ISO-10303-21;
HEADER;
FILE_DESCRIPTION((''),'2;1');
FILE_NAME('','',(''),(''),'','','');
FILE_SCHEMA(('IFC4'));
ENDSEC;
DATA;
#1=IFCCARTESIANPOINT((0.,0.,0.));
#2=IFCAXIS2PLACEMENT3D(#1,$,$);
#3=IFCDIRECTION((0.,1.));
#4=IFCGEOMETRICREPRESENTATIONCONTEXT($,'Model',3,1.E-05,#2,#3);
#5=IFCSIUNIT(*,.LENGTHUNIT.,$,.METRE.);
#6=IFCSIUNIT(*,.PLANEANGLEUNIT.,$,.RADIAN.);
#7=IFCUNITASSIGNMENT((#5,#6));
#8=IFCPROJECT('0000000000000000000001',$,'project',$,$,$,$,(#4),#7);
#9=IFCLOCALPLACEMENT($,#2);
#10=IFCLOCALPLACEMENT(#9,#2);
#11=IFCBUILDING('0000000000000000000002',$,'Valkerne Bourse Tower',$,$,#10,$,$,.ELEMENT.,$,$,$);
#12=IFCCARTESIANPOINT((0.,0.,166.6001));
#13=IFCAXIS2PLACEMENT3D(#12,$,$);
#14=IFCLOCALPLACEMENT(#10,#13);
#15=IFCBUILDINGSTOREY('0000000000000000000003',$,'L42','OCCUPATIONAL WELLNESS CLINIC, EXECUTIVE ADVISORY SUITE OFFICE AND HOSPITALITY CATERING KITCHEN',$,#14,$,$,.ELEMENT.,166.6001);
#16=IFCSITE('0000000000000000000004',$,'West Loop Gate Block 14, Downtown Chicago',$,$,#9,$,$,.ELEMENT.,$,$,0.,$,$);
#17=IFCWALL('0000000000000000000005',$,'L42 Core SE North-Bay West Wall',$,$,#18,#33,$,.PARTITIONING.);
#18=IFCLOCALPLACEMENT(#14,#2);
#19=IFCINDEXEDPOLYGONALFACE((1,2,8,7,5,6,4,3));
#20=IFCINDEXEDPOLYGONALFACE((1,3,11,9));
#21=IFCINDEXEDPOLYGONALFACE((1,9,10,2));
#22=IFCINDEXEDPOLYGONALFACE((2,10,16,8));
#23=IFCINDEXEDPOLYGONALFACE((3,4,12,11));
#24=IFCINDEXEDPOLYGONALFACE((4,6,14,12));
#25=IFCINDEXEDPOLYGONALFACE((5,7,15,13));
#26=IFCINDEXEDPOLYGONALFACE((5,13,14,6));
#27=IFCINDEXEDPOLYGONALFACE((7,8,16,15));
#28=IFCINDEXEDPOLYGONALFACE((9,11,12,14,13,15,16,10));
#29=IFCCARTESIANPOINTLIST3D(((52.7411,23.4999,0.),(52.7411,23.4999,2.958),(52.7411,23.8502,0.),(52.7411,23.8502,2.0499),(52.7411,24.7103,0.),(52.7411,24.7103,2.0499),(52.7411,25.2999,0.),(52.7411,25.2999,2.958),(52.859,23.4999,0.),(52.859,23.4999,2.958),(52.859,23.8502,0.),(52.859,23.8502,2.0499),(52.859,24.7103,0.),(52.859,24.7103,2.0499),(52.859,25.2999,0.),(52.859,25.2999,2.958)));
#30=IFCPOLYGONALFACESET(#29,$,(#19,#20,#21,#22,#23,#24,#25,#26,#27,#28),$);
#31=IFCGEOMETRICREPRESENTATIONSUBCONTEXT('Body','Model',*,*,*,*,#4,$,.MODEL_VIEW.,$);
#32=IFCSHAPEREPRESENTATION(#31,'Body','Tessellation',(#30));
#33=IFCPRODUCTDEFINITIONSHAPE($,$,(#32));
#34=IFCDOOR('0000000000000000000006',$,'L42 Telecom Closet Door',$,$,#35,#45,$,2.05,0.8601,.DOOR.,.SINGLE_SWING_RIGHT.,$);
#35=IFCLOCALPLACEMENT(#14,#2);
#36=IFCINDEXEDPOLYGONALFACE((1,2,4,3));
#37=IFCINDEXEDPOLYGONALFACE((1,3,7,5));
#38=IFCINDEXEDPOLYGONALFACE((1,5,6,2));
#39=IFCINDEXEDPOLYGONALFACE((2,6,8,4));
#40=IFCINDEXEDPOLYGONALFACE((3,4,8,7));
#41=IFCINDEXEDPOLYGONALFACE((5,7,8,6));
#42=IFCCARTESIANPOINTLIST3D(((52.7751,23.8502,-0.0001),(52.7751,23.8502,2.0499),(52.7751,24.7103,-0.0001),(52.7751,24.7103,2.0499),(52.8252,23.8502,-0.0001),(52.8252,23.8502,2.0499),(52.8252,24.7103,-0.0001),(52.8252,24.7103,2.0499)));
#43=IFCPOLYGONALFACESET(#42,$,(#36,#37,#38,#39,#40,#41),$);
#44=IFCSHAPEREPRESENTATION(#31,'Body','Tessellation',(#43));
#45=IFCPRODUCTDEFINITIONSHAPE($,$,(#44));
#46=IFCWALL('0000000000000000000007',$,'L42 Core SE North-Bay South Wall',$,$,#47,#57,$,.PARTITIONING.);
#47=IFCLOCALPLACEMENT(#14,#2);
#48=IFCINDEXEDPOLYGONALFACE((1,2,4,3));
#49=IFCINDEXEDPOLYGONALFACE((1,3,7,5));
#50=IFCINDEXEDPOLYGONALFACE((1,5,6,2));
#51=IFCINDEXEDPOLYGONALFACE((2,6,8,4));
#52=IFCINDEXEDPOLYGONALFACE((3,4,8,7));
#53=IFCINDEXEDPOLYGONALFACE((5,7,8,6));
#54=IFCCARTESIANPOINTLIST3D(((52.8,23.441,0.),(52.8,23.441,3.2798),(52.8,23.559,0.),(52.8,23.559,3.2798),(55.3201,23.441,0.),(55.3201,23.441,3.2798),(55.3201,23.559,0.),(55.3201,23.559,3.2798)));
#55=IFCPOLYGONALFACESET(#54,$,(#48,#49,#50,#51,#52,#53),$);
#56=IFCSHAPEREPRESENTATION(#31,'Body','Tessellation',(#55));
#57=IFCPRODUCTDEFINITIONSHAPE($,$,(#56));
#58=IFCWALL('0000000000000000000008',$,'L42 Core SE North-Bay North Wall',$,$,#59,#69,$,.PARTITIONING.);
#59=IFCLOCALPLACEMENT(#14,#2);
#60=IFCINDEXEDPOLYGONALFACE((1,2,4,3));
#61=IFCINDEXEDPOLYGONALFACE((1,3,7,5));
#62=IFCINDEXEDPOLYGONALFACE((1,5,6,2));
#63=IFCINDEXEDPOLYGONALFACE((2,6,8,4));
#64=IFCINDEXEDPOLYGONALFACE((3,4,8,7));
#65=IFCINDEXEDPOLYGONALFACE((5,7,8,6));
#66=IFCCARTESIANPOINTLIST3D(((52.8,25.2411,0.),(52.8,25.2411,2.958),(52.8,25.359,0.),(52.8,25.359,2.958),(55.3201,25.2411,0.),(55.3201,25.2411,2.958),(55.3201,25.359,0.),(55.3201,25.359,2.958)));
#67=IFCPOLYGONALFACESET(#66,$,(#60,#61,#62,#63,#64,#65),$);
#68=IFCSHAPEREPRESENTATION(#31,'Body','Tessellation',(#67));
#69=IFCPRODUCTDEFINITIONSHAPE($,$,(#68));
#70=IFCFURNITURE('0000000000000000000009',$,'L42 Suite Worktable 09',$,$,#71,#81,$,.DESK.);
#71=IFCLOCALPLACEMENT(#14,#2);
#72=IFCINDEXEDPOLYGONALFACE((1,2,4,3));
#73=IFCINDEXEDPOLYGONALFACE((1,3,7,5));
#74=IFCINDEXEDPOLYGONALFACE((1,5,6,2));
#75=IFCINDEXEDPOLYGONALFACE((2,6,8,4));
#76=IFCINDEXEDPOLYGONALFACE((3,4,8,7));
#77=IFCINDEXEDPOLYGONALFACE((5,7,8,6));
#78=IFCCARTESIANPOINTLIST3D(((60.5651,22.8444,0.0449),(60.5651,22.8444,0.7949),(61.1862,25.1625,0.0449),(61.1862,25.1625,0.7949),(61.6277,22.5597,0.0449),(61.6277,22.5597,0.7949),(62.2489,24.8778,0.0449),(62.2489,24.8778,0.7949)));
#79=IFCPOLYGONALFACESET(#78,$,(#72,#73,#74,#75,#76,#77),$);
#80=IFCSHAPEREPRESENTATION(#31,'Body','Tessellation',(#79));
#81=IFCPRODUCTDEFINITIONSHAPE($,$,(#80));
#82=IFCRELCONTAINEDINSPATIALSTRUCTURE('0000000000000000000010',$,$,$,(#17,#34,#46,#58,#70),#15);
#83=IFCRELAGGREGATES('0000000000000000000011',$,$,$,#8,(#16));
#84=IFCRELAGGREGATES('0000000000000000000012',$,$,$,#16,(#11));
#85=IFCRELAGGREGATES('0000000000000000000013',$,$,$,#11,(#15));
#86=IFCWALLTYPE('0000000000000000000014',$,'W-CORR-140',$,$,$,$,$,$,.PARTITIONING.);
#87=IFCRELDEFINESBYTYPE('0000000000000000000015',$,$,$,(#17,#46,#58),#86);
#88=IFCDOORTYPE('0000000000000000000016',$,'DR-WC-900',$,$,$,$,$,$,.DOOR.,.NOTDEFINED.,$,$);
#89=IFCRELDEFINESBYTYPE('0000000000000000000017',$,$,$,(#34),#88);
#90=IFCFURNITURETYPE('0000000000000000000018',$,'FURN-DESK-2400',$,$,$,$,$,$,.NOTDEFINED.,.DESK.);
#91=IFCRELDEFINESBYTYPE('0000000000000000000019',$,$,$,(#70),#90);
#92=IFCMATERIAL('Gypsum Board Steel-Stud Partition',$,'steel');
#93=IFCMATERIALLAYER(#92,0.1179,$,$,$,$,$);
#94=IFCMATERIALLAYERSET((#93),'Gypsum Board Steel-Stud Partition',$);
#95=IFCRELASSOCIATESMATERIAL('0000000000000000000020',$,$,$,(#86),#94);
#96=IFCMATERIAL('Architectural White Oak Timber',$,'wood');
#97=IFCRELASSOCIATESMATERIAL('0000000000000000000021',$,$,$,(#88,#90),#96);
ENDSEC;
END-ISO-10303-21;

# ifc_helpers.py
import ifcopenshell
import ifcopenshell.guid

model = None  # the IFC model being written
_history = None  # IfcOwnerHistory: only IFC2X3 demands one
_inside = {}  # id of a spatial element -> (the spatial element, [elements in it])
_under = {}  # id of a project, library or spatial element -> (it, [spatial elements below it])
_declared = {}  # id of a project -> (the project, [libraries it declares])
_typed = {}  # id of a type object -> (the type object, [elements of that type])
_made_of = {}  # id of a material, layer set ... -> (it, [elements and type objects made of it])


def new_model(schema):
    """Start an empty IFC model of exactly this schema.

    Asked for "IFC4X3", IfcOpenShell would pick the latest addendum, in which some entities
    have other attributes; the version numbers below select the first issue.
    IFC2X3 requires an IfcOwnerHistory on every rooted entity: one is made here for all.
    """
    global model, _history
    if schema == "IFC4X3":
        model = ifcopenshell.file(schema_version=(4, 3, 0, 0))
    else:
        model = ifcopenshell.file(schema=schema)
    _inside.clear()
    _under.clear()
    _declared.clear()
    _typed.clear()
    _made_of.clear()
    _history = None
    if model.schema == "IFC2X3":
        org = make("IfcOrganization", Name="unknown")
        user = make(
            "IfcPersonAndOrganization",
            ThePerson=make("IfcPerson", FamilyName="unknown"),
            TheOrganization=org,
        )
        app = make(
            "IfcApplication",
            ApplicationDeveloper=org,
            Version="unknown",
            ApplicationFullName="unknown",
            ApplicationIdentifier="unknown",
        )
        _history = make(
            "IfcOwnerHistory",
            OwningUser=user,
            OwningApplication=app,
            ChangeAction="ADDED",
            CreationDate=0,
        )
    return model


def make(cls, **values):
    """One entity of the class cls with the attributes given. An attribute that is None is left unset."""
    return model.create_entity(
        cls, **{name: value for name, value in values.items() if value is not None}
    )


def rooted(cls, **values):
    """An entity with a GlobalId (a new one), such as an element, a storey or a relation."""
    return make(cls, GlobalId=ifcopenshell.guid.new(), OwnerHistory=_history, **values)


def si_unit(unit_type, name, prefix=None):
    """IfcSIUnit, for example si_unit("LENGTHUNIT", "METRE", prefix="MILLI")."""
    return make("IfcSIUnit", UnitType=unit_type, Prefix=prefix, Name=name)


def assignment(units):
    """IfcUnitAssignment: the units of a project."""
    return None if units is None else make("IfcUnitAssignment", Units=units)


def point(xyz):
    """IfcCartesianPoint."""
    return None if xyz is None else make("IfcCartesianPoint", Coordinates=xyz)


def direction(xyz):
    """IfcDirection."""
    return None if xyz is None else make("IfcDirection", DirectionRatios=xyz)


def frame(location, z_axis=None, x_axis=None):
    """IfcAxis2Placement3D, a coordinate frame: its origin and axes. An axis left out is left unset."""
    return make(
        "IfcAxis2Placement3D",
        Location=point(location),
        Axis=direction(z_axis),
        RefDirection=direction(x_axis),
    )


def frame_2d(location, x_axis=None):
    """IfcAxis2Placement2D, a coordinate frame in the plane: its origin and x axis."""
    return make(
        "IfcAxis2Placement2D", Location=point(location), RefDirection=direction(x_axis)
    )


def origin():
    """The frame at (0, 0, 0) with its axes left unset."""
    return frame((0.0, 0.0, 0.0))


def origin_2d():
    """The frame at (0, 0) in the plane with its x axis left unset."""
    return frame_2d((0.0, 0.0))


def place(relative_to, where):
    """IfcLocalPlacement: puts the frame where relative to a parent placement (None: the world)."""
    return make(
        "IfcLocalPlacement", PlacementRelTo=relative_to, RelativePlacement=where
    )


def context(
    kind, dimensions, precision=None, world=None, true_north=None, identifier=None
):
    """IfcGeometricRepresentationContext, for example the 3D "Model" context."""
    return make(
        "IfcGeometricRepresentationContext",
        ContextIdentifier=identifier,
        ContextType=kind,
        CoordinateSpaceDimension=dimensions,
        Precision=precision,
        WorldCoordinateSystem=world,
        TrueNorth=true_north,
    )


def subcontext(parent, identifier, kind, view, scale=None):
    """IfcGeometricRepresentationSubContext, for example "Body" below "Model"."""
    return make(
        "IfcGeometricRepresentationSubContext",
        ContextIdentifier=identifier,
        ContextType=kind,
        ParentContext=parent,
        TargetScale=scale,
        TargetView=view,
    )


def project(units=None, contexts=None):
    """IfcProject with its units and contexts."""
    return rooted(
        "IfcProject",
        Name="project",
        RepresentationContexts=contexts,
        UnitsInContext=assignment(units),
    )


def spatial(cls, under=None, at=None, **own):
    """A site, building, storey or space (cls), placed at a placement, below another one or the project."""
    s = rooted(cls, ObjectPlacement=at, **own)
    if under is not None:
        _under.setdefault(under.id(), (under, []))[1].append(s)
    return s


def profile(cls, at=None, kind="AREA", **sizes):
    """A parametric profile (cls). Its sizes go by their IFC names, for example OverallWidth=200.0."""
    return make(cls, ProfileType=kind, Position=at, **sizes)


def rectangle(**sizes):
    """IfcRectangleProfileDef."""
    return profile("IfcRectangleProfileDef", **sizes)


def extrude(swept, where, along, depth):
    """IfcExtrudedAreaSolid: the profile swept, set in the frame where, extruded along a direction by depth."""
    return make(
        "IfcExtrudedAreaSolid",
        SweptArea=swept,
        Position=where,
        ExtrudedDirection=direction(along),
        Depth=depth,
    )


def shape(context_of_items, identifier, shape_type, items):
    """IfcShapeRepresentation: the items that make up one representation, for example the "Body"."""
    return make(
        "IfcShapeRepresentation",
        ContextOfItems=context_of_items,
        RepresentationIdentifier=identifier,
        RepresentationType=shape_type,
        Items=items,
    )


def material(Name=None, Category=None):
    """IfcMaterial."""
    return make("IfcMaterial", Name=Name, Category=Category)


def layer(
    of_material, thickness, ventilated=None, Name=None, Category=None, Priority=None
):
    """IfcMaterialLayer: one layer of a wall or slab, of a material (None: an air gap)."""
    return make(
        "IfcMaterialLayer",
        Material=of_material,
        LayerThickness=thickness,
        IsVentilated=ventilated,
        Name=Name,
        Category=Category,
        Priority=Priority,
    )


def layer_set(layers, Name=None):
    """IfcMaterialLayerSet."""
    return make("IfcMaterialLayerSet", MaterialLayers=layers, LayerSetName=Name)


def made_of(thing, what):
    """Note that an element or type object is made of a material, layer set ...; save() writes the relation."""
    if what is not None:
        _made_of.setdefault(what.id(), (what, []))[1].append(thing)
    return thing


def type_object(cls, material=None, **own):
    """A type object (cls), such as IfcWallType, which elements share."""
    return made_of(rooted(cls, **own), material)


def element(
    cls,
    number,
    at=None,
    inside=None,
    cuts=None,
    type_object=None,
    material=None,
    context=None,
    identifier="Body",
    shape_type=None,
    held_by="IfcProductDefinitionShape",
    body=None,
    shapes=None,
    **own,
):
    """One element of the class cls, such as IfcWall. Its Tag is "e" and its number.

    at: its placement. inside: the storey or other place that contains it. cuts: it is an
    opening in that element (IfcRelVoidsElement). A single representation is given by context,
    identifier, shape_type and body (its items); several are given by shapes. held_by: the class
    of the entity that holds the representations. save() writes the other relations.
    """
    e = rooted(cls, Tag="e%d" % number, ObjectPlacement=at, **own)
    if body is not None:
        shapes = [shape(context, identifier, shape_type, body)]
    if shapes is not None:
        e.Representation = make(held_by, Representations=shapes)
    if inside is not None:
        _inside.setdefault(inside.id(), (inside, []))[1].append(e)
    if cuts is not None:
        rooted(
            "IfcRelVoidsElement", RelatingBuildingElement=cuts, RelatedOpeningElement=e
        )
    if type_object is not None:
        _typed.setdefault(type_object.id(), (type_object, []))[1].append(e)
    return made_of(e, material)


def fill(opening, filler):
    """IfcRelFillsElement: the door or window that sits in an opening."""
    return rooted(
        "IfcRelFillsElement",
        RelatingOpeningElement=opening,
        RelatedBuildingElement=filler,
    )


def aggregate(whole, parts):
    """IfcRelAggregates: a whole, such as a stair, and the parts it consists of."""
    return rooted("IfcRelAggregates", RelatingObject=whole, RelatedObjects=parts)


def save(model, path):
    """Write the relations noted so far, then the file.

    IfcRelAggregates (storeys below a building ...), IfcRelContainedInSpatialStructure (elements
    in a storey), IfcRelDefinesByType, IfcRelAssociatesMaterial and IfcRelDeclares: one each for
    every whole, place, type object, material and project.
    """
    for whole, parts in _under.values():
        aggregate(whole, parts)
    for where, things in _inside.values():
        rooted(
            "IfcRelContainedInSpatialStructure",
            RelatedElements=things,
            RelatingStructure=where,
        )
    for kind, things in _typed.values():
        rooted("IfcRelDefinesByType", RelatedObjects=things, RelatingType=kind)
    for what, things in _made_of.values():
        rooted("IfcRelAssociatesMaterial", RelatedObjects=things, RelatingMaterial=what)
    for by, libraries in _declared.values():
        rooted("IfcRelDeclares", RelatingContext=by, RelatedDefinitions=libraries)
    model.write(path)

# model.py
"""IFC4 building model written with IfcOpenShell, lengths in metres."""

from ifc_helpers import new_model, si_unit, direction, frame, frame_2d, origin, origin_2d, place, context, subcontext, project, spatial, rectangle, extrude, material, layer, layer_set, type_object, element, fill, save


model = new_model("IFC4")

# Units and contexts
model_context = context("Model", 3, precision=1e-05, world=origin(), true_north=direction((0.0, 1.0)))
body_context = subcontext(model_context, "Body", "Model", "MODEL_VIEW")
ifc_project = project(units=[si_unit("LENGTHUNIT", "METRE"), si_unit("PLANEANGLEUNIT", "RADIAN")], contexts=[model_context])

# Site, building, storey
site_placement = place(None, origin())
site = spatial("IfcSite", under=ifc_project, at=site_placement, Name="West Loop Gate Block 14, Downtown Chicago", CompositionType="ELEMENT", RefElevation=0.0)
building_placement = place(site_placement, origin())
building = spatial("IfcBuilding", under=site, at=building_placement, Name="Valkerne Bourse Tower", CompositionType="ELEMENT")
storey_placement = place(building_placement, frame((0.0, 0.0, 166.6001)))
storey = spatial("IfcBuildingStorey", under=building, at=storey_placement, Name="L42", Description="OCCUPATIONAL WELLNESS CLINIC, EXECUTIVE ADVISORY SUITE OFFICE AND HOSPITALITY CATERING KITCHEN", CompositionType="ELEMENT", Elevation=166.6001)

# Wall, opening, door
ifc_material_1 = material(Name="Gypsum Board Steel-Stud Partition", Category="steel")
ifc_layer_1 = layer(ifc_material_1, 0.1179)
ifc_layer_set_1 = layer_set([ifc_layer_1], Name="Gypsum Board Steel-Stud Partition")
wall_type = type_object("IfcWallType", Name="W-CORR-140", PredefinedType="PARTITIONING", material=ifc_layer_set_1)
wall_1_placement = place(storey_placement, frame((52.8, 23.5, 0.0), z_axis=(0.0, 0.0, 1.0), x_axis=(0.0, 1.0, 0.0)))
wall_1 = element("IfcWall", 1, at=wall_1_placement, inside=storey, type_object=wall_type, Name="L42 Core SE North-Bay West Wall", PredefinedType="PARTITIONING", context=body_context, shape_type="SweptSolid", body=[
    extrude(rectangle(XDim=1.8, YDim=0.1179, at=frame_2d((0.8999, 0.0))), origin(), (0.0, 0.0, 1.0), 2.958),
])
opening_placement = place(wall_1_placement, frame((0.3501, 0.0, 0.0)))
opening = element("IfcOpeningElement", 2, at=opening_placement, cuts=wall_1, PredefinedType="OPENING", context=body_context, shape_type="SweptSolid", body=[
    extrude(rectangle(XDim=0.8601, YDim=2.05, at=frame_2d((0.4302, 1.0249))), frame((0.0, 0.0688, 0.0), z_axis=(0.0, -1.0, 0.0), x_axis=(1.0, 0.0, 0.0)), (0.0, 0.0, 1.0), 0.1379),
])
ifc_material_2 = material(Name="Architectural White Oak Timber", Category="wood")
door_type = type_object("IfcDoorType", Name="DR-WC-900", OperationType="NOTDEFINED", PredefinedType="DOOR", material=ifc_material_2)
door_placement = place(opening_placement, origin())
door = element("IfcDoor", 3, at=door_placement, inside=storey, type_object=door_type, Name="L42 Telecom Closet Door", OperationType="SINGLE_SWING_RIGHT", OverallHeight=2.05, OverallWidth=0.8601, PredefinedType="DOOR", context=body_context, shape_type="SweptSolid", body=[
    extrude(rectangle(XDim=0.8601, YDim=2.05, at=frame_2d((0.4302, 1.0249))), frame((0.0, 0.0249, 0.0), z_axis=(0.0, -1.0, 0.0), x_axis=(1.0, 0.0, 0.0)), (0.0, 0.0, 1.0), 0.05),
])
fill(opening, door)

# Walls
wall_2_placement = place(storey_placement, frame((52.8, 23.5, 0.0), z_axis=(0.0, 0.0, 1.0), x_axis=(1.0, 0.0, 0.0)))
element("IfcWall", 4, at=wall_2_placement, inside=storey, type_object=wall_type, Name="L42 Core SE North-Bay South Wall", PredefinedType="PARTITIONING", context=body_context, shape_type="SweptSolid", body=[
    extrude(rectangle(XDim=2.52, YDim=0.1179, at=frame_2d((1.26, 0.0))), origin(), (0.0, 0.0, 1.0), 3.2798),
])
wall_3_placement = place(storey_placement, frame((52.8, 25.3, 0.0), z_axis=(0.0, 0.0, 1.0), x_axis=(1.0, 0.0, 0.0)))
element("IfcWall", 5, at=wall_3_placement, inside=storey, type_object=wall_type, Name="L42 Core SE North-Bay North Wall", PredefinedType="PARTITIONING", context=body_context, shape_type="SweptSolid", body=[
    extrude(rectangle(XDim=2.52, YDim=0.1179, at=frame_2d((1.26, 0.0))), origin(), (0.0, 0.0, 1.0), 2.958),
])

# Furniture
furniture_type = type_object("IfcFurnitureType", Name="FURN-DESK-2400", AssemblyPlace="NOTDEFINED", PredefinedType="DESK", material=ifc_material_2)
furniture_placement = place(storey_placement, frame((61.407, 23.8611, 0.0449), z_axis=(0.0, 0.0, 1.0), x_axis=(0.258819, 0.965926, 0.0)))
element("IfcFurniture", 6, at=furniture_placement, inside=storey, type_object=furniture_type, Name="L42 Suite Worktable 09", PredefinedType="DESK", context=body_context, shape_type="SweptSolid", body=[
    extrude(rectangle(XDim=2.3999, YDim=1.1001, at=origin_2d()), origin(), (0.0, 0.0, 1.0), 0.75),
])

save(model, "model.ifc")
